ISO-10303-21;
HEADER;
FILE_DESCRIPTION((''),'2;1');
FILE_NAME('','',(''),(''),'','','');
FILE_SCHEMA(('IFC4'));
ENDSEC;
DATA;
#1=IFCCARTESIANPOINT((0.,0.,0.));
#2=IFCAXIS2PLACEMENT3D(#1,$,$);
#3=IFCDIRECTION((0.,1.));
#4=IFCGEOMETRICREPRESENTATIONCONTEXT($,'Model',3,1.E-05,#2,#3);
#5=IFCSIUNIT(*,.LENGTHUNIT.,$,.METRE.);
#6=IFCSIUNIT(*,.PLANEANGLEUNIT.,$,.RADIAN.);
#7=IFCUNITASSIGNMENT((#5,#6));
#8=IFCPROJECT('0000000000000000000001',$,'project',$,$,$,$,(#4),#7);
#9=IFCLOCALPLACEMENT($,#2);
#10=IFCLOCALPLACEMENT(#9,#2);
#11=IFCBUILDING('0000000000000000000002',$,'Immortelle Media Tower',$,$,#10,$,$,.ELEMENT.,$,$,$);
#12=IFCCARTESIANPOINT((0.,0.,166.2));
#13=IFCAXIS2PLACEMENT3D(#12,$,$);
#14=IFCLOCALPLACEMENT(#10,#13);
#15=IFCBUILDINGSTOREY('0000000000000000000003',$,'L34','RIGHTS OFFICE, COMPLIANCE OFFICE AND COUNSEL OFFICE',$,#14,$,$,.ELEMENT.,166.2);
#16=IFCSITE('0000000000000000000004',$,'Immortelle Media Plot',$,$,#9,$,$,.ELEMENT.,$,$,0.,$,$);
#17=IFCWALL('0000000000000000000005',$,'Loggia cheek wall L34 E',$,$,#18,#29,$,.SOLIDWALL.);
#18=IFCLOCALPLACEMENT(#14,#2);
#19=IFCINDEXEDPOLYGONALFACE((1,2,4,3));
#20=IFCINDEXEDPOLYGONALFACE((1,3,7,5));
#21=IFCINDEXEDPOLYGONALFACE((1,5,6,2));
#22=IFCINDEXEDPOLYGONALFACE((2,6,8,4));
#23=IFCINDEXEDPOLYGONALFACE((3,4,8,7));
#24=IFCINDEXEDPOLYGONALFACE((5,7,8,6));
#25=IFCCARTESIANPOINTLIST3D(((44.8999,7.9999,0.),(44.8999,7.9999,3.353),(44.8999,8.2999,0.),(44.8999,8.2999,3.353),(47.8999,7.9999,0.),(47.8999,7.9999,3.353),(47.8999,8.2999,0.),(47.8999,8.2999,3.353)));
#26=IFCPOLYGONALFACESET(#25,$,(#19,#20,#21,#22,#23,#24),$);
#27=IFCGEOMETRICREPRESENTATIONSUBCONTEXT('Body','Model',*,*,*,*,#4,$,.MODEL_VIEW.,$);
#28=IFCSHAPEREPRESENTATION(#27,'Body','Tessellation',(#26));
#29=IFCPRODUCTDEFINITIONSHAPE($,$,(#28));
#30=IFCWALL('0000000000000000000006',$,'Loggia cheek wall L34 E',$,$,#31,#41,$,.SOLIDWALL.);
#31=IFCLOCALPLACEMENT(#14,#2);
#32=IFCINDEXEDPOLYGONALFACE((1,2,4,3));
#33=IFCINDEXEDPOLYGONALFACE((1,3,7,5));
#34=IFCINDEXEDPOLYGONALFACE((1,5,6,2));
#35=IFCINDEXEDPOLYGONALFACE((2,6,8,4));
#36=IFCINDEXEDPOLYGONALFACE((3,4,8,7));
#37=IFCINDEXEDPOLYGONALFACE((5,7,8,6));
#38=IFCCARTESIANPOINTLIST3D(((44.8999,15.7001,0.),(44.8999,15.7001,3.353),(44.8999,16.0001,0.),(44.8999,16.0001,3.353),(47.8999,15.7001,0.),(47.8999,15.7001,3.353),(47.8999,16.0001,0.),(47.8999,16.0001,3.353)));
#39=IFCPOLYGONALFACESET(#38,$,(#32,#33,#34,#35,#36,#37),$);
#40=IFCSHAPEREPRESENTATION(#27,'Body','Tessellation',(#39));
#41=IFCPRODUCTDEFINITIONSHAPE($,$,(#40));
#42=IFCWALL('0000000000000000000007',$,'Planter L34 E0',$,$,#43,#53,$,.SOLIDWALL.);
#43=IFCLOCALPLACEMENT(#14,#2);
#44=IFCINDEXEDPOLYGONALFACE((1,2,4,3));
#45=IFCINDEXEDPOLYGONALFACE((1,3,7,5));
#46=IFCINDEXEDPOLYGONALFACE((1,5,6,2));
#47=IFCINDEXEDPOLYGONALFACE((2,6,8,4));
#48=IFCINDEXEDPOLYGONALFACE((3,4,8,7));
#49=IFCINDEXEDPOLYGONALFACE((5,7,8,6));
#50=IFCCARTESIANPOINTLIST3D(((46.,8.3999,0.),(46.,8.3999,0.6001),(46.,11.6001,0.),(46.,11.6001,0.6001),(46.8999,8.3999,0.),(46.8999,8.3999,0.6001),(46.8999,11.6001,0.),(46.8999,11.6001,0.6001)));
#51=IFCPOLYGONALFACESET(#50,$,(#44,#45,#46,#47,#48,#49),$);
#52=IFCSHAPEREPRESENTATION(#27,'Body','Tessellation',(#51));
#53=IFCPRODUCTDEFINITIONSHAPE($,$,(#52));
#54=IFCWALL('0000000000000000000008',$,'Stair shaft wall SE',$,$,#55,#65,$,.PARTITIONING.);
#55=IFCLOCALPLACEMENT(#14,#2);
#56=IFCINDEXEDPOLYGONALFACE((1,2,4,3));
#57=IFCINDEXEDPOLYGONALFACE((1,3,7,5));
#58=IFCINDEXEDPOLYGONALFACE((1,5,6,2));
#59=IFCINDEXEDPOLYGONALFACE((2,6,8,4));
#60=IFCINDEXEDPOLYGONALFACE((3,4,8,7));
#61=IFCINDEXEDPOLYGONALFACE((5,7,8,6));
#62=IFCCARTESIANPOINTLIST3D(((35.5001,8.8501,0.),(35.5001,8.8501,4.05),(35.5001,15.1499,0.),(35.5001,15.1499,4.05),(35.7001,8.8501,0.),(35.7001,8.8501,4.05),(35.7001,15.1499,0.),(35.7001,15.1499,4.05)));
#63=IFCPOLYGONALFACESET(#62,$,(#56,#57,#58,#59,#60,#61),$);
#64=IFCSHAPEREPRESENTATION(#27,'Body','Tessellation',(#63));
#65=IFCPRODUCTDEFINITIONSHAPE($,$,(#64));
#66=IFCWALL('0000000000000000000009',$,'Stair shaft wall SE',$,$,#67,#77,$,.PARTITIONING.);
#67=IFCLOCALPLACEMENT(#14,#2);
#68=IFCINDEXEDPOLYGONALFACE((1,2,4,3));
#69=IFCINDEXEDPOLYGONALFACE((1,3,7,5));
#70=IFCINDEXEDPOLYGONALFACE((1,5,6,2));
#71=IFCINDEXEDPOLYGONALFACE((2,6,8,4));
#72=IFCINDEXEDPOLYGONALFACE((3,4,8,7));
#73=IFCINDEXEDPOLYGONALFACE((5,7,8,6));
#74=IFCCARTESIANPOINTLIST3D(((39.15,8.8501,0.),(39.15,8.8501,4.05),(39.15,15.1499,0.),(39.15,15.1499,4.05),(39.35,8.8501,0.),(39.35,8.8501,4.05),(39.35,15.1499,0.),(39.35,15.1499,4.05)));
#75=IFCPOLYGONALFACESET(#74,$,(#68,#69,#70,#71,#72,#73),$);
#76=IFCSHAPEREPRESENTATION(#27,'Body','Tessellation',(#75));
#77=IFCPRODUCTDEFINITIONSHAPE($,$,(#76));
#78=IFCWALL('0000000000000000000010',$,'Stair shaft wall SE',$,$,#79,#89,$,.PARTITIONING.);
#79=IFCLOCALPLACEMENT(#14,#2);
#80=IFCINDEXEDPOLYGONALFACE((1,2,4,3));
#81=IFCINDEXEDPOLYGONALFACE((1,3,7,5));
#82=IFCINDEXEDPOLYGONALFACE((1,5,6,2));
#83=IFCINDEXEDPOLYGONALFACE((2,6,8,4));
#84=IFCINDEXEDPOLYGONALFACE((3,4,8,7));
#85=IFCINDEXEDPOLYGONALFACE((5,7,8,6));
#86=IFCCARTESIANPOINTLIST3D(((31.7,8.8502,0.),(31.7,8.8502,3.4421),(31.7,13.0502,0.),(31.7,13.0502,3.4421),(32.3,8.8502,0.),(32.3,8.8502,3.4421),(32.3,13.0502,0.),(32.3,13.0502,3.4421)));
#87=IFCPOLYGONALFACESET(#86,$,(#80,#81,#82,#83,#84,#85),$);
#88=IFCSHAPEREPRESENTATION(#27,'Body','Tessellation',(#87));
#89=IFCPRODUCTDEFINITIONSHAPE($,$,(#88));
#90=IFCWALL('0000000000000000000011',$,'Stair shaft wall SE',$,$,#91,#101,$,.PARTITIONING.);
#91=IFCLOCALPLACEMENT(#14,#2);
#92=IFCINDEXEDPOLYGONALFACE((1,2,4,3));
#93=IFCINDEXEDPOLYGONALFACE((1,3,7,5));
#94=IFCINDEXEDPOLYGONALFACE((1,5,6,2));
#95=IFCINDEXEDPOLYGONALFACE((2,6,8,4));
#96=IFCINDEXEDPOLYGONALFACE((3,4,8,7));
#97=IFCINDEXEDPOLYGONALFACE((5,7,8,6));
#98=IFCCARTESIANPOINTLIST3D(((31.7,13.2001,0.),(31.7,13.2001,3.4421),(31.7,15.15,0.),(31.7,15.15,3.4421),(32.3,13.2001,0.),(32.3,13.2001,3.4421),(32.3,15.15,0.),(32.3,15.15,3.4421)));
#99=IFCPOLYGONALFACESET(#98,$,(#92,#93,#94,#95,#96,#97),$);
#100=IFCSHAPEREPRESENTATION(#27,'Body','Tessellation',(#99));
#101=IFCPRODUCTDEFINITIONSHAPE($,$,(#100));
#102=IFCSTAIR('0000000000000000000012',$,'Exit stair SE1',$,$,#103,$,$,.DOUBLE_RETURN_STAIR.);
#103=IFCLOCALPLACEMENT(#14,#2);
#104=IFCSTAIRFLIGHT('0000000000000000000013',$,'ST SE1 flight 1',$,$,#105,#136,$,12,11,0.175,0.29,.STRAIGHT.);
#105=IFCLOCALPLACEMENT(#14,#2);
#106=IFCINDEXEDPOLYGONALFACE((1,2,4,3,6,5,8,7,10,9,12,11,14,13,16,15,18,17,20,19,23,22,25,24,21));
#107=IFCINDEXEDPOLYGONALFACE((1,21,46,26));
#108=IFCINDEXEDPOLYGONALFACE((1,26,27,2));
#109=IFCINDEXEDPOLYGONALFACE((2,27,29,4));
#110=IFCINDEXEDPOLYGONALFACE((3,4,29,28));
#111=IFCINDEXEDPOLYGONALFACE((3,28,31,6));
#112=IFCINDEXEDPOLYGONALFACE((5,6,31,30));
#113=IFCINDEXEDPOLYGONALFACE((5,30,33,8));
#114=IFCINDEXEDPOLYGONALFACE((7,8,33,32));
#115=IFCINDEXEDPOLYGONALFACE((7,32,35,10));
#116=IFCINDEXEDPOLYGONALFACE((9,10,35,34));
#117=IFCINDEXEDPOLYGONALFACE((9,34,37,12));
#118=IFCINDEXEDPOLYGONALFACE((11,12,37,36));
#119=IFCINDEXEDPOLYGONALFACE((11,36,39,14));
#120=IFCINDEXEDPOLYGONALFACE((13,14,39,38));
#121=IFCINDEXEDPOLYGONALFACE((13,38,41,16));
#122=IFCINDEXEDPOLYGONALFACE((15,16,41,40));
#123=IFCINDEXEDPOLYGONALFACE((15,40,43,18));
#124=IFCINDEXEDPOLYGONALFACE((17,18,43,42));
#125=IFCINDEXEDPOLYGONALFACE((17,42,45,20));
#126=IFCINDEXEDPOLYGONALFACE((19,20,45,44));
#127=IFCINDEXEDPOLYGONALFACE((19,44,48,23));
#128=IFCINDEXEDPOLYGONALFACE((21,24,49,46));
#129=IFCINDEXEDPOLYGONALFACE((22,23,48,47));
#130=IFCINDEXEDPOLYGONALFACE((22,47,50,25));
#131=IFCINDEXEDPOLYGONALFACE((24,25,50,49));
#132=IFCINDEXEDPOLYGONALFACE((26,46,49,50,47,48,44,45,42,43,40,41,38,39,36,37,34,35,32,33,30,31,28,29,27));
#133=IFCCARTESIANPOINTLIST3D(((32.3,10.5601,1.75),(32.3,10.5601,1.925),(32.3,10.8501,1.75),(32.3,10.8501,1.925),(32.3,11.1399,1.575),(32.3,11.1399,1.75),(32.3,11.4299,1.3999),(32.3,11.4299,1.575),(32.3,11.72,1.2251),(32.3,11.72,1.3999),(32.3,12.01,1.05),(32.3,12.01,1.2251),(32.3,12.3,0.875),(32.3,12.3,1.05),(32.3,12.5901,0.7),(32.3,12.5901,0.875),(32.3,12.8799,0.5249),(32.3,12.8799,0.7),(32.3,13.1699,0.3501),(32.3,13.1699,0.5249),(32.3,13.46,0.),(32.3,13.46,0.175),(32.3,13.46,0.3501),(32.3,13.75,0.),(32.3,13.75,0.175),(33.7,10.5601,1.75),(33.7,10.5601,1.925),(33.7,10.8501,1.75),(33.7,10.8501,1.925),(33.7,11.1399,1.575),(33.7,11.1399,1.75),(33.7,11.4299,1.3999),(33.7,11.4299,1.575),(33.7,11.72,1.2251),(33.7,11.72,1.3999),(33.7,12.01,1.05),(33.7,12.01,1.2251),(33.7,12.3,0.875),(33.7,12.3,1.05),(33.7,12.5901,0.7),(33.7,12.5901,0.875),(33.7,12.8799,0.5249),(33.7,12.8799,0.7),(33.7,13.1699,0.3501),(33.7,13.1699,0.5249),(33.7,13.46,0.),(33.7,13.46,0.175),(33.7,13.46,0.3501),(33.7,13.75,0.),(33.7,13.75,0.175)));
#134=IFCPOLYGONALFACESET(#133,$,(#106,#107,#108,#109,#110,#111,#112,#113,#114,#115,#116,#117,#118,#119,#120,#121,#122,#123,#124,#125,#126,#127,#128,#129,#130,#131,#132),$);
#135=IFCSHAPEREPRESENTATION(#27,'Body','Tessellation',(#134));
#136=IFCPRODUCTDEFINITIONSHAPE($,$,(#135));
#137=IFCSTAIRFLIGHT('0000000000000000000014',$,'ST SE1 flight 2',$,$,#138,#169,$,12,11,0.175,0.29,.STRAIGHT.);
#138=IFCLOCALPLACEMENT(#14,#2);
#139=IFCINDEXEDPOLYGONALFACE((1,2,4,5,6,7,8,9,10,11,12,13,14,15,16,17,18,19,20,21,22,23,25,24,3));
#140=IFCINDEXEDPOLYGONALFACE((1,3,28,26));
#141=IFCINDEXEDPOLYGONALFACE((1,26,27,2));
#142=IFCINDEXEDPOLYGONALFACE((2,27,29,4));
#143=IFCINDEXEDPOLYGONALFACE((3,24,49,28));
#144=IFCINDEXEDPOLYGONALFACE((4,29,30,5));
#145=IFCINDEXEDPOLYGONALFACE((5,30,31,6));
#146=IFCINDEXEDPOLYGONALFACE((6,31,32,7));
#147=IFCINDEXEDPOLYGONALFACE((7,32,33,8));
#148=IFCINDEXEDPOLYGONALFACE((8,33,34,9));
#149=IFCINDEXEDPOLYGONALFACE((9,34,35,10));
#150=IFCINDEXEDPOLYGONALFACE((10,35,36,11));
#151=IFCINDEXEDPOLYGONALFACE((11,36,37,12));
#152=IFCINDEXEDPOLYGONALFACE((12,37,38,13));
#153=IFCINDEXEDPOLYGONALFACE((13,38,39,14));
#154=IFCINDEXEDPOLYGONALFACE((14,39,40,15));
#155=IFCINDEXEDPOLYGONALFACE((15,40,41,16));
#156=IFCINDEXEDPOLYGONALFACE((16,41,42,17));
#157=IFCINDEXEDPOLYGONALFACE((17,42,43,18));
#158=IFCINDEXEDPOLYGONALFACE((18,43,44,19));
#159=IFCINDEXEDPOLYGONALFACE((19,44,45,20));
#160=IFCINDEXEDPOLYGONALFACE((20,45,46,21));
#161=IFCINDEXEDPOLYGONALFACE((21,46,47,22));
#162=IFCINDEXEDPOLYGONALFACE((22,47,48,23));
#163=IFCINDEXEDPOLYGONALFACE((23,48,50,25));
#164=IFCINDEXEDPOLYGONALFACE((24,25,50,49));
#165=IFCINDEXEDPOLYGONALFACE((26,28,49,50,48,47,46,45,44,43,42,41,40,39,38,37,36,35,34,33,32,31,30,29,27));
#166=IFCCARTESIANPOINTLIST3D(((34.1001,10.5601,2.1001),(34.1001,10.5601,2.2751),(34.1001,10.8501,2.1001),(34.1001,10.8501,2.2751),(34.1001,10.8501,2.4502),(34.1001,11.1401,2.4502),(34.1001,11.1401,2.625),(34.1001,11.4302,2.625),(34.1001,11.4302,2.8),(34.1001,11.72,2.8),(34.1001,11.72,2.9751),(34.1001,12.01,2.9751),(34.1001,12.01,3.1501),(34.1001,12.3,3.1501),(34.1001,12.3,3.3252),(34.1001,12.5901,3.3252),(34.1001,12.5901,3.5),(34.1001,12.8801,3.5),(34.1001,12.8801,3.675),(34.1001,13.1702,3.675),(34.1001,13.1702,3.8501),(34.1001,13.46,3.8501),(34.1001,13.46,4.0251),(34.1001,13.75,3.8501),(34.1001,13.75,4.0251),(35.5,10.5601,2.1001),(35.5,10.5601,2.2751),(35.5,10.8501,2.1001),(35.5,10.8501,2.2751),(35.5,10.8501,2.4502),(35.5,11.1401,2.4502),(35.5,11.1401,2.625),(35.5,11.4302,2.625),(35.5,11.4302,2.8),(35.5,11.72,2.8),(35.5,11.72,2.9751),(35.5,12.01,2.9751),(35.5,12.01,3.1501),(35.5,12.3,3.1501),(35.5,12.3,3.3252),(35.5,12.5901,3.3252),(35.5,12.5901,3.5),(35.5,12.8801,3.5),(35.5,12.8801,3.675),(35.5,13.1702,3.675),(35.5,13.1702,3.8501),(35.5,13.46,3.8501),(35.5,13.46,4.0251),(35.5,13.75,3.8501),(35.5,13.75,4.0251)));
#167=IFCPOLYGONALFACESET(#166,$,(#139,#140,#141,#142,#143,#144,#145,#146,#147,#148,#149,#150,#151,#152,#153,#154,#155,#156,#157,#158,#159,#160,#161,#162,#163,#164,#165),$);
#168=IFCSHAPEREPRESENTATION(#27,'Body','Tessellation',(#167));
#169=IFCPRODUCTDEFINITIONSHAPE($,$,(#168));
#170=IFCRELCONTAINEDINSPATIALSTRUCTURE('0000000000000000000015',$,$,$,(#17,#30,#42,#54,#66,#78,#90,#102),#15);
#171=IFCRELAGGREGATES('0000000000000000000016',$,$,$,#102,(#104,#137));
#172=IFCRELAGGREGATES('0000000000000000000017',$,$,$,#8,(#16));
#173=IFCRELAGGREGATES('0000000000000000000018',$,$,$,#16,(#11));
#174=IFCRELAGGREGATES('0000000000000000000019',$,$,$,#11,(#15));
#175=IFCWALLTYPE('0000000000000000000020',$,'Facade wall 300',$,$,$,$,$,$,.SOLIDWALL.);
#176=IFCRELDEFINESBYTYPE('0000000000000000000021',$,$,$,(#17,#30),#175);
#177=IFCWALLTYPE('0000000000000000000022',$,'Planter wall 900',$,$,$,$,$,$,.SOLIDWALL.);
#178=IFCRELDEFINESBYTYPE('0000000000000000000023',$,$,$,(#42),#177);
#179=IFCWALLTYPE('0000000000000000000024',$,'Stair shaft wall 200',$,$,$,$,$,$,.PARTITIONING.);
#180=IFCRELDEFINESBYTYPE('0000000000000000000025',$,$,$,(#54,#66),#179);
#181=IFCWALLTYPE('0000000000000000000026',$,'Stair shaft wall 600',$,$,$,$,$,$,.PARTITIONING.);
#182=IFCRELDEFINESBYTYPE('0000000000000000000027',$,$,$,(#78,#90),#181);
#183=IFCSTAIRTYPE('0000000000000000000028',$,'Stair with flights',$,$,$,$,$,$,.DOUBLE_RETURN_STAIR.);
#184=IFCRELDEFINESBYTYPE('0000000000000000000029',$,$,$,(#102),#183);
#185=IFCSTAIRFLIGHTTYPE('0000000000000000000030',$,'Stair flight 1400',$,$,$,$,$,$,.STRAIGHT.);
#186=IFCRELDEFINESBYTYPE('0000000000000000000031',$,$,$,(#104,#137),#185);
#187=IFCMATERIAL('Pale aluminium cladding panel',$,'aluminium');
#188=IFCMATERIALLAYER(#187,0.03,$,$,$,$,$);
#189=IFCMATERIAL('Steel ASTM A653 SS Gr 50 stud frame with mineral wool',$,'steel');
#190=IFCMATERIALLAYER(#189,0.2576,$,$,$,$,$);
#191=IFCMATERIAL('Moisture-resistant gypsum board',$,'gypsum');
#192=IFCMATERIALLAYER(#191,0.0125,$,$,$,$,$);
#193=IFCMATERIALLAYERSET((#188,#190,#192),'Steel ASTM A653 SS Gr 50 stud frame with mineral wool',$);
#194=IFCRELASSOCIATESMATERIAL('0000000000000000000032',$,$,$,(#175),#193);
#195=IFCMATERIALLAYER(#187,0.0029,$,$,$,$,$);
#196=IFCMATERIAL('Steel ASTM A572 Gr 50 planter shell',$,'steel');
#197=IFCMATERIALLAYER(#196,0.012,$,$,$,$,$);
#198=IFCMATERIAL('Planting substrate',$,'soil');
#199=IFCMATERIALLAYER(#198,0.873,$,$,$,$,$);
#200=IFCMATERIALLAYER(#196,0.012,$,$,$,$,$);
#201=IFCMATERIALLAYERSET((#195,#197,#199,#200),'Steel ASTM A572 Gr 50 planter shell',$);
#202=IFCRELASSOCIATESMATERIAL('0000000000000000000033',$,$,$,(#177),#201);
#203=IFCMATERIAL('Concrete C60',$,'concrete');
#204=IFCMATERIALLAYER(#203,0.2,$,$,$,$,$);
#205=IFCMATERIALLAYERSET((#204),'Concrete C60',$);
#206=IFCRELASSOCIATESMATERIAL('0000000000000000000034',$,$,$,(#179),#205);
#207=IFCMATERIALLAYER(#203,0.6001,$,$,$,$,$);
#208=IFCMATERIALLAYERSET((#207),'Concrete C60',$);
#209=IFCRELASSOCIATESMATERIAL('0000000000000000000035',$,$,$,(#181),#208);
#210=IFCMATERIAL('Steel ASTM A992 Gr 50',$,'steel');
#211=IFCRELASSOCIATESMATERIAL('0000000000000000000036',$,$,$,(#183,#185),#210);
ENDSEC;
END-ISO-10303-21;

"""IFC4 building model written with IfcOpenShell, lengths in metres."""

from ifc_helpers import new_model, si_unit, direction, frame, frame_2d, origin, place, context, subcontext, project, spatial, polyline, rectangle, outline, extrude, material, layer, layer_set, type_object, element, aggregate, save


model = new_model("IFC4")

# Units and contexts
model_context = context("Model", 3, precision=1e-05, world=origin(), true_north=direction((0.0, 1.0)))
body_context = subcontext(model_context, "Body", "Model", "MODEL_VIEW")
ifc_project = project(units=[si_unit("LENGTHUNIT", "METRE"), si_unit("PLANEANGLEUNIT", "RADIAN")], contexts=[model_context])

# Site, building, storey
site_placement = place(None, origin())
site = spatial("IfcSite", under=ifc_project, at=site_placement, Name="Immortelle Media Plot", CompositionType="ELEMENT", RefElevation=0.0)
building_placement = place(site_placement, origin())
building = spatial("IfcBuilding", under=site, at=building_placement, Name="Immortelle Media Tower", CompositionType="ELEMENT")
storey_placement = place(building_placement, frame((0.0, 0.0, 166.2)))
storey = spatial("IfcBuildingStorey", under=building, at=storey_placement, Name="L34", Description="RIGHTS OFFICE, COMPLIANCE OFFICE AND COUNSEL OFFICE", CompositionType="ELEMENT", Elevation=166.2)

# Shared definitions
ifc_material_1 = material(Name="Steel ASTM A992 Gr 50", Category="steel")

# Shared definitions
ifc_material_2 = material(Name="Pale aluminium cladding panel", Category="aluminium")
ifc_layer_1 = layer(ifc_material_2, 0.03)
ifc_material_3 = material(Name="Steel ASTM A653 SS Gr 50 stud frame with mineral wool", Category="steel")
ifc_layer_2 = layer(ifc_material_3, 0.2576)
ifc_material_4 = material(Name="Moisture-resistant gypsum board", Category="gypsum")
ifc_layer_3 = layer(ifc_material_4, 0.0125)
ifc_layer_set_1 = layer_set([ifc_layer_1, ifc_layer_2, ifc_layer_3], Name="Steel ASTM A653 SS Gr 50 stud frame with mineral wool")
wall_type_1 = type_object("IfcWallType", Name="Facade wall 300", PredefinedType="SOLIDWALL", material=ifc_layer_set_1)

# Walls
for number, where, z_axis, x_axis, name in (
    (1, (47.8999, 8.1499, 0.0), (0.0, 0.0, 1.0), (-1.0, 0.0, 0.0), "Loggia cheek wall L34 E"),
    (2, (47.8999, 15.8501, 0.0), (0.0, 0.0, 1.0), (-1.0, 0.0, 0.0), "Loggia cheek wall L34 E"),
):
    element("IfcWall", number, at=place(storey_placement, frame(where, z_axis=z_axis, x_axis=x_axis)), inside=storey, type_object=wall_type_1, Name=name, PredefinedType="SOLIDWALL", context=body_context, shape_type="SweptSolid", body=[
        extrude(rectangle(XDim=3.0, YDim=0.3, at=frame_2d((1.5, 0.0))), origin(), (0.0, 0.0, 1.0), 3.353),
    ])
ifc_layer_4 = layer(ifc_material_2, 0.0029)
ifc_material_5 = material(Name="Steel ASTM A572 Gr 50 planter shell", Category="steel")
ifc_layer_5 = layer(ifc_material_5, 0.012)
ifc_material_6 = material(Name="Planting substrate", Category="soil")
ifc_layer_6 = layer(ifc_material_6, 0.873)
ifc_layer_7 = layer(ifc_material_5, 0.012)
ifc_layer_set_2 = layer_set([ifc_layer_4, ifc_layer_5, ifc_layer_6, ifc_layer_7], Name="Steel ASTM A572 Gr 50 planter shell")
wall_type_2 = type_object("IfcWallType", Name="Planter wall 900", PredefinedType="SOLIDWALL", material=ifc_layer_set_2)
wall_1_placement = place(storey_placement, frame((46.45, 8.3999, 0.0), z_axis=(0.0, 0.0, 1.0), x_axis=(0.0, 1.0, 0.0)))
element("IfcWall", 3, at=wall_1_placement, inside=storey, type_object=wall_type_2, Name="Planter L34 E0", PredefinedType="SOLIDWALL", context=body_context, shape_type="SweptSolid", body=[
    extrude(rectangle(XDim=3.2002, YDim=0.8999, at=frame_2d((1.6001, 0.0))), origin(), (0.0, 0.0, 1.0), 0.6001),
])
ifc_material_7 = material(Name="Concrete C60", Category="concrete")
ifc_layer_8 = layer(ifc_material_7, 0.2)
ifc_layer_set_3 = layer_set([ifc_layer_8], Name="Concrete C60")
wall_type_3 = type_object("IfcWallType", Name="Stair shaft wall 200", PredefinedType="PARTITIONING", material=ifc_layer_set_3)
for number, where, z_axis, x_axis, name in (
    (4, (35.6001, 8.8501, 0.0), (0.0, 0.0, 1.0), (0.0, 1.0, 0.0), "Stair shaft wall SE"),
    (5, (39.25, 8.8501, 0.0), (0.0, 0.0, 1.0), (0.0, 1.0, 0.0), "Stair shaft wall SE"),
):
    element("IfcWall", number, at=place(storey_placement, frame(where, z_axis=z_axis, x_axis=x_axis)), inside=storey, type_object=wall_type_3, Name=name, PredefinedType="PARTITIONING", context=body_context, shape_type="SweptSolid", body=[
        extrude(rectangle(XDim=6.2998, YDim=0.2, at=frame_2d((3.1499, 0.0))), origin(), (0.0, 0.0, 1.0), 4.05),
    ])
ifc_layer_9 = layer(ifc_material_7, 0.6001)
ifc_layer_set_4 = layer_set([ifc_layer_9], Name="Concrete C60")
wall_type_4 = type_object("IfcWallType", Name="Stair shaft wall 600", PredefinedType="PARTITIONING", material=ifc_layer_set_4)
wall_2_placement = place(storey_placement, frame((32.0, 8.8501, 0.0), z_axis=(0.0, 0.0, 1.0), x_axis=(0.0, 1.0, 0.0)))
element("IfcWall", 6, at=wall_2_placement, inside=storey, type_object=wall_type_4, Name="Stair shaft wall SE", PredefinedType="PARTITIONING", context=body_context, shape_type="SweptSolid", body=[
    extrude(rectangle(XDim=4.2, YDim=0.6001, at=frame_2d((2.1001, 0.0))), origin(), (0.0, 0.0, 1.0), 3.4421),
])
wall_3_placement = place(storey_placement, frame((32.0, 13.2, 0.0), z_axis=(0.0, 0.0, 1.0), x_axis=(0.0, 1.0, 0.0)))
element("IfcWall", 7, at=wall_3_placement, inside=storey, type_object=wall_type_4, Name="Stair shaft wall SE", PredefinedType="PARTITIONING", context=body_context, shape_type="SweptSolid", body=[
    extrude(rectangle(XDim=1.95, YDim=0.6001, at=frame_2d((0.9751, 0.0))), origin(), (0.0, 0.0, 1.0), 3.4421),
])

# Stair, stair flights
stair_type = type_object("IfcStairType", Name="Stair with flights", PredefinedType="DOUBLE_RETURN_STAIR", material=ifc_material_1)
stair_1_placement = place(storey_placement, origin())
stair_1 = element("IfcStair", 8, at=stair_1_placement, inside=storey, type_object=stair_type, Name="Exit stair SE1", PredefinedType="DOUBLE_RETURN_STAIR")
stair_flight_type = type_object("IfcStairFlightType", Name="Stair flight 1400", PredefinedType="STRAIGHT", material=ifc_material_1)
stair_flight_1_placement = place(storey_placement, frame((33.0, 13.75, 0.0), z_axis=(0.0, 0.0, 1.0), x_axis=(0.0, -1.0, 0.0)))
stair_flight_1 = element("IfcStairFlight", 9, at=stair_flight_1_placement, type_object=stair_flight_type, Name="ST SE1 flight 1", NumberOfRisers=12, NumberOfTreads=11, PredefinedType="STRAIGHT", RiserHeight=0.175, TreadLength=0.29, context=body_context, shape_type="SweptSolid", body=[
    extrude(outline(polyline([(0.0, 0.0), (0.0, 0.175), (0.29, 0.175), (0.29, 0.3501), (0.5801, 0.3501), (0.5801, 0.5249), (0.8701, 0.5249), (0.8701, 0.7), (1.1599, 0.7), (1.1599, 0.875), (1.45, 0.875), (1.45, 1.05), (1.74, 1.05), (1.74, 1.2251), (2.03, 1.2251), (2.03, 1.3999), (2.3201, 1.3999), (2.3201, 1.575), (2.6101, 1.575), (2.6101, 1.75), (2.8999, 1.75), (2.8999, 1.925), (3.1899, 1.925), (3.1899, 2.1001), (3.1899, 1.75), (0.29, 0.0), (0.0, 0.0)])), frame((0.0, 0.7, 0.0), z_axis=(0.0, -1.0, 0.0), x_axis=(1.0, 0.0, 0.0)), (0.0, 0.0, 1.0), 1.3999),
])
stair_flight_2_placement = place(storey_placement, frame((34.8, 10.5601, 2.1001), z_axis=(0.0, 0.0, 1.0), x_axis=(0.0, 1.0, 0.0)))
stair_flight_2 = element("IfcStairFlight", 10, at=stair_flight_2_placement, type_object=stair_flight_type, Name="ST SE1 flight 2", NumberOfRisers=12, NumberOfTreads=11, PredefinedType="STRAIGHT", RiserHeight=0.175, TreadLength=0.29, context=body_context, shape_type="SweptSolid", body=[
    extrude(outline(polyline([(0.0, 0.0), (0.0, 0.175), (0.29, 0.175), (0.29, 0.3501), (0.5801, 0.3501), (0.5801, 0.5249), (0.8701, 0.5249), (0.8701, 0.7), (1.1599, 0.7), (1.1599, 0.875), (1.45, 0.875), (1.45, 1.05), (1.74, 1.05), (1.74, 1.2251), (2.03, 1.2251), (2.03, 1.3999), (2.3201, 1.3999), (2.3201, 1.575), (2.6101, 1.575), (2.6101, 1.75), (2.8999, 1.75), (2.8999, 1.925), (3.1899, 1.925), (3.1899, 2.1001), (3.1899, 1.75), (0.29, 0.0), (0.0, 0.0)])), frame((0.0, 0.7, 0.0), z_axis=(0.0, -1.0, 0.0), x_axis=(1.0, 0.0, 0.0)), (0.0, 0.0, 1.0), 1.3999),
])
aggregate(stair_1, [stair_flight_1, stair_flight_2])

save(model, "model.ifc")
